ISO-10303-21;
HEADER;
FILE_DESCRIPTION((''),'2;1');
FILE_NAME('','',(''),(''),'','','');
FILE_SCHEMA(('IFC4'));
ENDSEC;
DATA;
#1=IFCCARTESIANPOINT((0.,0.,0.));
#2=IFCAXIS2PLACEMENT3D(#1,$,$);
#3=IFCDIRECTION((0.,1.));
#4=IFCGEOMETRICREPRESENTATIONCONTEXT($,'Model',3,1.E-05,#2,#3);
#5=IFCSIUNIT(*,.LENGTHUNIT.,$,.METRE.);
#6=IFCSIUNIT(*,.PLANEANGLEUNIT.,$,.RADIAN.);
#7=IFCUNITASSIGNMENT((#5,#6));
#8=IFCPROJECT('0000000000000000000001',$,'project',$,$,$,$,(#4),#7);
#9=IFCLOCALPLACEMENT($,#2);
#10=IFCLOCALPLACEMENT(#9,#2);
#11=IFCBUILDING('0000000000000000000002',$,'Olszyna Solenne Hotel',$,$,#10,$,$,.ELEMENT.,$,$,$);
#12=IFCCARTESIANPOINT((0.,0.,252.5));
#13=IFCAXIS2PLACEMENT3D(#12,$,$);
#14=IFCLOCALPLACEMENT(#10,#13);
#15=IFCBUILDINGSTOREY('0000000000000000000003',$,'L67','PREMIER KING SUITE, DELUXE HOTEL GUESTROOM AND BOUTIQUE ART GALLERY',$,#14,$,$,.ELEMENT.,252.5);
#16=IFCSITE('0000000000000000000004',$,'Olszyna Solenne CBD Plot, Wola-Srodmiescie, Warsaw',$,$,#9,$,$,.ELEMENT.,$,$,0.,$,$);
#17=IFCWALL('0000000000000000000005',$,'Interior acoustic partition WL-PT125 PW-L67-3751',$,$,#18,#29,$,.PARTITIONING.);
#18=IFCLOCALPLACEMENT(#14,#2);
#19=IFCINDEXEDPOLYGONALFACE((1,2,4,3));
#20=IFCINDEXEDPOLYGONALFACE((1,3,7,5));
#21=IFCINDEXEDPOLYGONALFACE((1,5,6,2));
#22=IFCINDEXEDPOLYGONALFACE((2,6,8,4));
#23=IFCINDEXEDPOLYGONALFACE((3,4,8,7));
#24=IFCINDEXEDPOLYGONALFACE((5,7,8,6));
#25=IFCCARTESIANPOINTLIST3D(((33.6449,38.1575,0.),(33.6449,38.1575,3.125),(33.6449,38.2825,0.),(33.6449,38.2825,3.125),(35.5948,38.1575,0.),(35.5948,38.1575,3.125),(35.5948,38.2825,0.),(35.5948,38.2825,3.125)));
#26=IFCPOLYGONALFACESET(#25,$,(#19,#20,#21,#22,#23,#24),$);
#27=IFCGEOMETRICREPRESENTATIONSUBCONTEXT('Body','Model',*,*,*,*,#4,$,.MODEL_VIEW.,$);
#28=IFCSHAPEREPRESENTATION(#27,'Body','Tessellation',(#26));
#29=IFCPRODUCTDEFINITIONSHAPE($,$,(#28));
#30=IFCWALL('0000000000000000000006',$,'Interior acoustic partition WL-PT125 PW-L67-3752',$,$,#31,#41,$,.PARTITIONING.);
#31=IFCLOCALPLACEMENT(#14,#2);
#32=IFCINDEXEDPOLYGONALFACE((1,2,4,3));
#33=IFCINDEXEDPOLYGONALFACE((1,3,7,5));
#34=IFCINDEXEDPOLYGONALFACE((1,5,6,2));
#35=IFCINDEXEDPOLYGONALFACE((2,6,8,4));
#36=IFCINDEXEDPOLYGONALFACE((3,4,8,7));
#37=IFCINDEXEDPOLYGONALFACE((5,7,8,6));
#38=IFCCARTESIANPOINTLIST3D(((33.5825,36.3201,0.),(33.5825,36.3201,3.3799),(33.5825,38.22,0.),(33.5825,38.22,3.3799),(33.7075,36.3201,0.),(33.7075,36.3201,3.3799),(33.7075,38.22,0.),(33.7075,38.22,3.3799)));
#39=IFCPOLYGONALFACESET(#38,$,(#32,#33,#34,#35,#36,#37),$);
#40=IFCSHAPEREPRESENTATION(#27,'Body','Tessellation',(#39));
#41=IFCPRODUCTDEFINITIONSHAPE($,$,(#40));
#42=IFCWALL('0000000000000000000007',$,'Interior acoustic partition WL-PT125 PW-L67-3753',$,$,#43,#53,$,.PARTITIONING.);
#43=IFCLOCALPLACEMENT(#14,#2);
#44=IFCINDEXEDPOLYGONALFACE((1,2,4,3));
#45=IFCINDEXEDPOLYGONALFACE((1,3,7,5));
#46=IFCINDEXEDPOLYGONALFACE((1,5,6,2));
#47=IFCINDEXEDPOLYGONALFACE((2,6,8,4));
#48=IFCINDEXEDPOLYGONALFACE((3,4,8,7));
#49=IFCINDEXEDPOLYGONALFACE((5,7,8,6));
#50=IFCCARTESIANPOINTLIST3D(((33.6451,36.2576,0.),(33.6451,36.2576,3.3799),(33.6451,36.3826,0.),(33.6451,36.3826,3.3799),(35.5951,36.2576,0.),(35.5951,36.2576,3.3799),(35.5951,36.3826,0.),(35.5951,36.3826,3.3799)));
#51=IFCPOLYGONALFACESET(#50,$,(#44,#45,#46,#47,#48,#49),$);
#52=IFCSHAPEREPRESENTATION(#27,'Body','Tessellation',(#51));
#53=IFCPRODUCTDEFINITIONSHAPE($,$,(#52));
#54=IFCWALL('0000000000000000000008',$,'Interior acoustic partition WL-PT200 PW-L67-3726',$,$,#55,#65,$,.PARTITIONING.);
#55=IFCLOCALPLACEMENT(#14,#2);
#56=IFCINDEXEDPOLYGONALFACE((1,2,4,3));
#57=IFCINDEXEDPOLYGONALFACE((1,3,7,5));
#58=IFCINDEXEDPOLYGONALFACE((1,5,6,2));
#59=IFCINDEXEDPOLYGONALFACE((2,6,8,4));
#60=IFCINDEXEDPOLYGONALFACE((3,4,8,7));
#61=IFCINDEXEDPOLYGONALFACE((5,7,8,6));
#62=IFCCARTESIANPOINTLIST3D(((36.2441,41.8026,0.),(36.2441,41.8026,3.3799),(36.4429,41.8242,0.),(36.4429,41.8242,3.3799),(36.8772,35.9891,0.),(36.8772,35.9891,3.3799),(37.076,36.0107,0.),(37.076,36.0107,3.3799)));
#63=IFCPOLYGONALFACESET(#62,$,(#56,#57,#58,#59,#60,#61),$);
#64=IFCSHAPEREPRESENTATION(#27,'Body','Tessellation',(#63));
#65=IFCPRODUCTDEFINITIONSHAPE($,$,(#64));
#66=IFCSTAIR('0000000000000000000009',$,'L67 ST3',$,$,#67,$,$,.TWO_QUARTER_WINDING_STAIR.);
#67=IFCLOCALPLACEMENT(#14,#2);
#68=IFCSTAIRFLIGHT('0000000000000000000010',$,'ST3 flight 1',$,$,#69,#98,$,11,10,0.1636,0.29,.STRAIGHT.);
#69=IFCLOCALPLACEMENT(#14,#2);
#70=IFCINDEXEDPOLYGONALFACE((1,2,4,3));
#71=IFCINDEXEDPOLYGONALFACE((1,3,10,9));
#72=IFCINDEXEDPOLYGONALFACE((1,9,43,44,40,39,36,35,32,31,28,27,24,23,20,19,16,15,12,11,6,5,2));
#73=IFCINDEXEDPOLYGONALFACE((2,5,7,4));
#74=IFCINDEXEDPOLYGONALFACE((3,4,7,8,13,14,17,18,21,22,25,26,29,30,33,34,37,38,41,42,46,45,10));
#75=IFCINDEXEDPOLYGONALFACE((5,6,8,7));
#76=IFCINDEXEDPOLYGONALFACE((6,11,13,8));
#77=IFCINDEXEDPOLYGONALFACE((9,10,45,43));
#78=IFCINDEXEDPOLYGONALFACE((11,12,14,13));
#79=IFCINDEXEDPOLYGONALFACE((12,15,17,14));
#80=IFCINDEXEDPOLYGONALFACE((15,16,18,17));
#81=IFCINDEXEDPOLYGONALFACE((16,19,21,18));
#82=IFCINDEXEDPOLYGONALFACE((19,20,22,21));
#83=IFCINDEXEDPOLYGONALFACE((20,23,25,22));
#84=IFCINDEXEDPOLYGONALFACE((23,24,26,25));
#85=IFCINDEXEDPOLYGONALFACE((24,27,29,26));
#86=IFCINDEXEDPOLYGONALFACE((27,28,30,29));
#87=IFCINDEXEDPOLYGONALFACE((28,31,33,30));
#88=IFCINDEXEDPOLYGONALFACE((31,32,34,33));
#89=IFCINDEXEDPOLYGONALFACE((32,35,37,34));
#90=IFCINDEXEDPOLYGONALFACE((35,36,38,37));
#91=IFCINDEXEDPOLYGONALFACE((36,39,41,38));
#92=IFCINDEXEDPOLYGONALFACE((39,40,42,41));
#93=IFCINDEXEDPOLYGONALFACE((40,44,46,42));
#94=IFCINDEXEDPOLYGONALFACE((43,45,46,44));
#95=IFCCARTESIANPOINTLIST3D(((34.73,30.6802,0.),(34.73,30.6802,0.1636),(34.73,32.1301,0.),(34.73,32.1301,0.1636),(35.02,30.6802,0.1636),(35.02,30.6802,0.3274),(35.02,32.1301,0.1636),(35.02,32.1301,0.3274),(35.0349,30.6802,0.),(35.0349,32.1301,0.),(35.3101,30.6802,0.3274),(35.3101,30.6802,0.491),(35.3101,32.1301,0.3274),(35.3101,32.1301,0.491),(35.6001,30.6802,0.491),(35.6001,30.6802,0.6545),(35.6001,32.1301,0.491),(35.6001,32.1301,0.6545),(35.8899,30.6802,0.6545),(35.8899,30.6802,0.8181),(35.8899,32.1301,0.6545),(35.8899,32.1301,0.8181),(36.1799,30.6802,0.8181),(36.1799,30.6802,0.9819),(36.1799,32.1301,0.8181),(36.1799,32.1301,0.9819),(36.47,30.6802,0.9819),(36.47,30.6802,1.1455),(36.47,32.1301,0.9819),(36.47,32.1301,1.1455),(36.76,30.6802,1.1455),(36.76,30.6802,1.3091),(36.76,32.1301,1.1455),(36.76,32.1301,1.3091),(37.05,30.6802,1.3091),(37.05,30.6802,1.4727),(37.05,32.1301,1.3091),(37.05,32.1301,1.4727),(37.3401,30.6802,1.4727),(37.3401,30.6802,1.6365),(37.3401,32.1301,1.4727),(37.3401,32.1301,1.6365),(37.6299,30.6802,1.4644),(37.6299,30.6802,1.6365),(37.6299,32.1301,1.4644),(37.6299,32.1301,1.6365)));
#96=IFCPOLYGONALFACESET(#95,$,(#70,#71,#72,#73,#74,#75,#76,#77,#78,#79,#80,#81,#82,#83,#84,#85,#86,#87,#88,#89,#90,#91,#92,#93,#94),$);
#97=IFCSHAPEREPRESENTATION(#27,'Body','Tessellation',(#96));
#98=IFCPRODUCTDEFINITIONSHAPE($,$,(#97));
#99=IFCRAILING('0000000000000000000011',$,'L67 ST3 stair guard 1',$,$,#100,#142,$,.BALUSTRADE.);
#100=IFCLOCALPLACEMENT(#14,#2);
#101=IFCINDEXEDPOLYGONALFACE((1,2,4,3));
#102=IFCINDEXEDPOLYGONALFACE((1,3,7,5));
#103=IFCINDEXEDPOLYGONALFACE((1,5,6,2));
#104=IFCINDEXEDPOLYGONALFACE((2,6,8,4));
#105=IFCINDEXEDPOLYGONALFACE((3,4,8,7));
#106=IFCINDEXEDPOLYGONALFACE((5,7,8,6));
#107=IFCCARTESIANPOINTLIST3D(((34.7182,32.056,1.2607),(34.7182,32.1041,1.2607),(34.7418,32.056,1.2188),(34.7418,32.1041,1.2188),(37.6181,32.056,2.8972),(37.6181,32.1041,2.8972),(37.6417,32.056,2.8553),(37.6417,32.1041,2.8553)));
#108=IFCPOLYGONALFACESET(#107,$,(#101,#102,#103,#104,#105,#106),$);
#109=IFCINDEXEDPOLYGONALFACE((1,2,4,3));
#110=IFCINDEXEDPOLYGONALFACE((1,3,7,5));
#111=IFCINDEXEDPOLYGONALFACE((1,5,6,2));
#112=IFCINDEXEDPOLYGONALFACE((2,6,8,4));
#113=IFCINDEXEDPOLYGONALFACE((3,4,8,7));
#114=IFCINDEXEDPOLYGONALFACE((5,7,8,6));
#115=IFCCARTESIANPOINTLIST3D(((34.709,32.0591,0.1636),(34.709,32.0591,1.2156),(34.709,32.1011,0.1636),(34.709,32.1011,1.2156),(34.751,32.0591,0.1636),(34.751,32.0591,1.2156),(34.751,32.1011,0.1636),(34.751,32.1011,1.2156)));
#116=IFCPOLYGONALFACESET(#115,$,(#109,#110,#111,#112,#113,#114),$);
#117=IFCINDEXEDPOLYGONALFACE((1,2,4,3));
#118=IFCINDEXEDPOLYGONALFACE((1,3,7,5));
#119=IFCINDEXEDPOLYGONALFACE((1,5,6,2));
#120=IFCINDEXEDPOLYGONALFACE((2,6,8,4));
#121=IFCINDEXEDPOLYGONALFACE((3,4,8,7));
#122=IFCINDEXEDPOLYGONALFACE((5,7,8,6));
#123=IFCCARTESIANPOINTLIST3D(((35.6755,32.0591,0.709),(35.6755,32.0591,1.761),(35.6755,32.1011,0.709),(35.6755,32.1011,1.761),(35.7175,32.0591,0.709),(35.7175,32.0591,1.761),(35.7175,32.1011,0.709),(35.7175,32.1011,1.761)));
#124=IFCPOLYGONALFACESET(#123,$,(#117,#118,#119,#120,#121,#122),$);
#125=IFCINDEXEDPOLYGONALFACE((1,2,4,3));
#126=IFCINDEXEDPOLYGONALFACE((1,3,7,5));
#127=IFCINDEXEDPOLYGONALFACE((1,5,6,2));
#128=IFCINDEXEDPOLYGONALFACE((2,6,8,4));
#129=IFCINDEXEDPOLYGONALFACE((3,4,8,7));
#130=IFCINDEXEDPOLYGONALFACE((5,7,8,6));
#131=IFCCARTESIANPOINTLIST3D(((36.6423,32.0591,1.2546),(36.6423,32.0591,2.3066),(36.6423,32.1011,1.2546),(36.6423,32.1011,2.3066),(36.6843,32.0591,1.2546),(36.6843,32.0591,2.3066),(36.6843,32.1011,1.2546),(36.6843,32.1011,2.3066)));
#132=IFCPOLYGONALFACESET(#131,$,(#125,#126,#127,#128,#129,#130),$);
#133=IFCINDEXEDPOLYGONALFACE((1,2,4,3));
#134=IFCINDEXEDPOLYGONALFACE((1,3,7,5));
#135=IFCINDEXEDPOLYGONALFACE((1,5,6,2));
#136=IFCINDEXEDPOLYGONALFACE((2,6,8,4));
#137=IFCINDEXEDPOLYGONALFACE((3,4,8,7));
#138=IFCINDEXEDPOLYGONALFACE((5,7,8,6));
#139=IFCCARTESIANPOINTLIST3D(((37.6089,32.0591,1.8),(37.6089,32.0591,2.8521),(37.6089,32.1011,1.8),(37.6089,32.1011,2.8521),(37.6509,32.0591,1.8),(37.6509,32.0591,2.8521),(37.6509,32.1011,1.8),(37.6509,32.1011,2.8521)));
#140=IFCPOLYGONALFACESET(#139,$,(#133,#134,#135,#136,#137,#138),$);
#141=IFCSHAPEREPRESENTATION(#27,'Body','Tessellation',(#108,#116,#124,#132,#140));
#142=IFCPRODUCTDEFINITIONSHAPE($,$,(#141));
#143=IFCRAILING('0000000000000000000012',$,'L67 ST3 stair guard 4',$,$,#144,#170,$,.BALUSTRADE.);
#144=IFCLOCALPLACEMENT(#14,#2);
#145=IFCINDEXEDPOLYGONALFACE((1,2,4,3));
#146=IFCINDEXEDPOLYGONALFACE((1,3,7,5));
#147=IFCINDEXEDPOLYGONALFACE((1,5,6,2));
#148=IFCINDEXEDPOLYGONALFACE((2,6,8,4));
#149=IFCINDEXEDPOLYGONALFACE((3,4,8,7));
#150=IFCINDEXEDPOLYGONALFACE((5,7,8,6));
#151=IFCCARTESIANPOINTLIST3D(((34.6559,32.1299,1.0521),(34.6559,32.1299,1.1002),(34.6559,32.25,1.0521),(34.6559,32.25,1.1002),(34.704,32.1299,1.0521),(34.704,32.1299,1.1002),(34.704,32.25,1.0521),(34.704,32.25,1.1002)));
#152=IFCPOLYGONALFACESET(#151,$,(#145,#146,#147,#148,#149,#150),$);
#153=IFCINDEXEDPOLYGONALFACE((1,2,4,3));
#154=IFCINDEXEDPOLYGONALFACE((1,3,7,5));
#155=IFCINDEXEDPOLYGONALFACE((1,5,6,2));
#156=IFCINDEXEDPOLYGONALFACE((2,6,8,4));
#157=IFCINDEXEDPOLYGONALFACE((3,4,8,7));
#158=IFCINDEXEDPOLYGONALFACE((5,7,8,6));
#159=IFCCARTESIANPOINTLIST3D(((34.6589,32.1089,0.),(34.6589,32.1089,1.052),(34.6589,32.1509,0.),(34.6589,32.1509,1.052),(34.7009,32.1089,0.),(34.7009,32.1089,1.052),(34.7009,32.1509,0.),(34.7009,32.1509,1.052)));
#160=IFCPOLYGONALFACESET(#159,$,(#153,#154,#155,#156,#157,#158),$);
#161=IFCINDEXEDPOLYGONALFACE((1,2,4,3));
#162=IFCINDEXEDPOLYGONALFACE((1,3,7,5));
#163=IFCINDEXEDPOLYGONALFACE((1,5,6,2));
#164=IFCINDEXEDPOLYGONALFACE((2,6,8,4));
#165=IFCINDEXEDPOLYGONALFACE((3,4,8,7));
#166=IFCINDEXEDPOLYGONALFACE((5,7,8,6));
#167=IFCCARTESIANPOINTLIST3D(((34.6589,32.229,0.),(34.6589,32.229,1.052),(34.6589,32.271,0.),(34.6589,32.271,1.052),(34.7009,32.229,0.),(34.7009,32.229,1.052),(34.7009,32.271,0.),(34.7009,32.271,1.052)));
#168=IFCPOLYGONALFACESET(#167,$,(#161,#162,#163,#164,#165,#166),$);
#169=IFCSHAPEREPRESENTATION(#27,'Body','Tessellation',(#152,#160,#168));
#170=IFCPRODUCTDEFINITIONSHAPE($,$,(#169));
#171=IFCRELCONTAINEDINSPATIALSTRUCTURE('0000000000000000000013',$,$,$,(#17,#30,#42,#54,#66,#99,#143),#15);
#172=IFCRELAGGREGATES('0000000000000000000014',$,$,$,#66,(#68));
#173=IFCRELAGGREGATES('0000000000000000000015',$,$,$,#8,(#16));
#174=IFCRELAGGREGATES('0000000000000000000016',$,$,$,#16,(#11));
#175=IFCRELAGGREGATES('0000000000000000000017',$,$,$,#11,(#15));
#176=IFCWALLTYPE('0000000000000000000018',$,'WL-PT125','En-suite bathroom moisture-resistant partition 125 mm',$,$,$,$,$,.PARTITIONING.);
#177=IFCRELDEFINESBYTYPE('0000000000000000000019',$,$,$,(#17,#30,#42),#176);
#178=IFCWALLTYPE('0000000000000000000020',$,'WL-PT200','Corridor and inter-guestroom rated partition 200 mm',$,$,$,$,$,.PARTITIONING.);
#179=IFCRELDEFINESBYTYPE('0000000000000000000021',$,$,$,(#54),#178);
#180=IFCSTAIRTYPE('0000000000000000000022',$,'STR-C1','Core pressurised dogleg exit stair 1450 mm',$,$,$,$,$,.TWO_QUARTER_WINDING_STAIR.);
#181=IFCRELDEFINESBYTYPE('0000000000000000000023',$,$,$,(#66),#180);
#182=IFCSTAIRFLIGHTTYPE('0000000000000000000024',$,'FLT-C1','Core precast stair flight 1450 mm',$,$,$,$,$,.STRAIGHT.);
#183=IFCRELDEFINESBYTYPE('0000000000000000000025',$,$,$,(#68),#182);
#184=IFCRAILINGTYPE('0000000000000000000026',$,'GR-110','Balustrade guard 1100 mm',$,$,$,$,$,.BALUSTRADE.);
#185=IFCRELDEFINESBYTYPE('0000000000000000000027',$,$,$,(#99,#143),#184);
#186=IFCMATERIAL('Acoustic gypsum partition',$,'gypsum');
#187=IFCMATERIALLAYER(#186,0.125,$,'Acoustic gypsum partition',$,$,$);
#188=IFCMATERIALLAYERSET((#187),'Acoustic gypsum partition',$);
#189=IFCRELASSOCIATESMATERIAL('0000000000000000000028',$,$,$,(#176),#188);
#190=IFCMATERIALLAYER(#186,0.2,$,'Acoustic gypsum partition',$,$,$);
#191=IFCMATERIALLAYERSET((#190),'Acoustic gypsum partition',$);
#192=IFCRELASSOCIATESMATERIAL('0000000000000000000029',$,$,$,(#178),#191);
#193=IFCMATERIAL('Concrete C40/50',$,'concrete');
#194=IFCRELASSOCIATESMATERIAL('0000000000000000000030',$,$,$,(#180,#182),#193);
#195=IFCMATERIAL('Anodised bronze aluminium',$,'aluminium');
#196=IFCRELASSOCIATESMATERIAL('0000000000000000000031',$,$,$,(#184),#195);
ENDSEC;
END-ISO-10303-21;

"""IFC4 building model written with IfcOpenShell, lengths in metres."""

from ifc_helpers import new_model, si_unit, direction, frame, frame_2d, origin, origin_2d, place, context, subcontext, project, spatial, polyline, rectangle, outline, extrude, material, layer, layer_set, type_object, element, aggregate, save


model = new_model("IFC4")

# Units and contexts
model_context = context("Model", 3, precision=1e-05, world=origin(), true_north=direction((0.0, 1.0)))
body_context = subcontext(model_context, "Body", "Model", "MODEL_VIEW")
ifc_project = project(units=[si_unit("LENGTHUNIT", "METRE"), si_unit("PLANEANGLEUNIT", "RADIAN")], contexts=[model_context])

# Site, building, storey
site_placement = place(None, origin())
site = spatial("IfcSite", under=ifc_project, at=site_placement, Name="Olszyna Solenne CBD Plot, Wola-Srodmiescie, Warsaw", CompositionType="ELEMENT", RefElevation=0.0)
building_placement = place(site_placement, origin())
building = spatial("IfcBuilding", under=site, at=building_placement, Name="Olszyna Solenne Hotel", CompositionType="ELEMENT")
storey_placement = place(building_placement, frame((0.0, 0.0, 252.5)))
storey = spatial("IfcBuildingStorey", under=building, at=storey_placement, Name="L67", Description="PREMIER KING SUITE, DELUXE HOTEL GUESTROOM AND BOUTIQUE ART GALLERY", CompositionType="ELEMENT", Elevation=252.5)

# Shared definitions
ifc_material_1 = material(Name="Anodised bronze aluminium", Category="aluminium")

# Shared definitions
ifc_material_2 = material(Name="Acoustic gypsum partition", Category="gypsum")
ifc_layer_1 = layer(ifc_material_2, 0.125, Name="Acoustic gypsum partition")
ifc_layer_set_1 = layer_set([ifc_layer_1], Name="Acoustic gypsum partition")
wall_type_1 = type_object("IfcWallType", Name="WL-PT125", Description="En-suite bathroom moisture-resistant partition 125 mm", PredefinedType="PARTITIONING", material=ifc_layer_set_1)

# Walls
wall_1_placement = place(storey_placement, frame((35.595, 38.22, 0.0), z_axis=(0.0, 0.0, 1.0), x_axis=(-1.0, 0.0, 0.0)))
element("IfcWall", 1, at=wall_1_placement, inside=storey, type_object=wall_type_1, Name="Interior acoustic partition WL-PT125 PW-L67-3751", PredefinedType="PARTITIONING", context=body_context, shape_type="SweptSolid", body=[
    extrude(rectangle(XDim=1.95, YDim=0.125, at=frame_2d((0.9751, 0.0))), origin(), (0.0, 0.0, 1.0), 3.125),
])
wall_2_placement = place(storey_placement, frame((33.645, 38.22, 0.0), z_axis=(0.0, 0.0, 1.0), x_axis=(0.0, -1.0, 0.0)))
element("IfcWall", 2, at=wall_2_placement, inside=storey, type_object=wall_type_1, Name="Interior acoustic partition WL-PT125 PW-L67-3752", PredefinedType="PARTITIONING", context=body_context, shape_type="SweptSolid", body=[
    extrude(rectangle(XDim=1.8999, YDim=0.125, at=frame_2d((0.95, 0.0))), origin(), (0.0, 0.0, 1.0), 3.3799),
])
wall_3_placement = place(storey_placement, frame((33.645, 36.3201, 0.0), z_axis=(0.0, 0.0, 1.0), x_axis=(1.0, 0.0, 0.0)))
element("IfcWall", 3, at=wall_3_placement, inside=storey, type_object=wall_type_1, Name="Interior acoustic partition WL-PT125 PW-L67-3753", PredefinedType="PARTITIONING", context=body_context, shape_type="SweptSolid", body=[
    extrude(rectangle(XDim=1.95, YDim=0.125, at=frame_2d((0.9751, 0.0))), origin(), (0.0, 0.0, 1.0), 3.3799),
])
ifc_layer_2 = layer(ifc_material_2, 0.2, Name="Acoustic gypsum partition")
ifc_layer_set_2 = layer_set([ifc_layer_2], Name="Acoustic gypsum partition")
wall_type_2 = type_object("IfcWallType", Name="WL-PT200", Description="Corridor and inter-guestroom rated partition 200 mm", PredefinedType="PARTITIONING", material=ifc_layer_set_2)
wall_4_placement = place(storey_placement, frame((36.9766, 36.0, 0.0), z_axis=(0.0, 0.0, 1.0), x_axis=(-0.108255, 0.994123, 0.0)))
element("IfcWall", 4, at=wall_4_placement, inside=storey, type_object=wall_type_2, Name="Interior acoustic partition WL-PT200 PW-L67-3726", PredefinedType="PARTITIONING", context=body_context, shape_type="SweptSolid", body=[
    extrude(rectangle(XDim=5.8479, YDim=0.2, at=frame_2d((2.9238, 0.0))), origin(), (0.0, 0.0, 1.0), 3.3799),
])

# Stair, stair flight
ifc_material_3 = material(Name="Concrete C40/50", Category="concrete")
stair_type = type_object("IfcStairType", Name="STR-C1", Description="Core pressurised dogleg exit stair 1450 mm", PredefinedType="TWO_QUARTER_WINDING_STAIR", material=ifc_material_3)
stair_placement = place(storey_placement, origin())
stair = element("IfcStair", 5, at=stair_placement, inside=storey, type_object=stair_type, Name="L67 ST3", PredefinedType="TWO_QUARTER_WINDING_STAIR")
stair_flight_type = type_object("IfcStairFlightType", Name="FLT-C1", Description="Core precast stair flight 1450 mm", PredefinedType="STRAIGHT", material=ifc_material_3)
stair_flight_placement = place(storey_placement, frame((34.73, 31.405, 0.0), z_axis=(0.0, 0.0, 1.0), x_axis=(1.0, 0.0, 0.0)))
stair_flight = element("IfcStairFlight", 6, at=stair_flight_placement, type_object=stair_flight_type, Name="ST3 flight 1", NumberOfRisers=11, NumberOfTreads=10, PredefinedType="STRAIGHT", RiserHeight=0.1636, TreadLength=0.29, context=body_context, shape_type="SweptSolid", body=[
    extrude(outline(polyline([(0.0, 0.0), (0.0, 0.1636), (0.29, 0.1636), (0.29, 0.3274), (0.5801, 0.3274), (0.5801, 0.491), (0.8701, 0.491), (0.8701, 0.6545), (1.1599, 0.6545), (1.1599, 0.8181), (1.45, 0.8181), (1.45, 0.9819), (1.74, 0.9819), (1.74, 1.1455), (2.03, 1.1455), (2.03, 1.3091), (2.3201, 1.3091), (2.3201, 1.4727), (2.6101, 1.4727), (2.6101, 1.6365), (2.8999, 1.6365), (2.8999, 1.8), (2.8999, 1.4644), (0.3049, 0.0), (0.0, 0.0)])), frame((0.0, 0.7251, 0.0), z_axis=(0.0, -1.0, 0.0), x_axis=(1.0, 0.0, 0.0)), (0.0, 0.0, 1.0), 1.45),
])
aggregate(stair, [stair_flight])

# Railings
railing_type_1 = type_object("IfcRailingType", Name="GR-110", Description="Balustrade guard 1100 mm", PredefinedType="BALUSTRADE", material=ifc_material_1)
railing_1_placement = place(storey_placement, frame((34.73, 32.0801, 0.1636)))
element("IfcRailing", 7, at=railing_1_placement, inside=storey, type_object=railing_type_1, Name="L67 ST3 stair guard 1", PredefinedType="BALUSTRADE", context=body_context, shape_type="SweptSolid", body=[
    extrude(rectangle(XDim=0.0481, YDim=0.0481, at=origin_2d()), frame((0.0, 0.0, 1.0762), z_axis=(0.870897, 0.0, 0.491465), x_axis=(0.0, 1.0, 0.0)), (0.0, 0.0, 1.0), 3.3298),
    extrude(rectangle(XDim=0.042, YDim=0.042, at=origin_2d()), origin(), (0.0, 0.0, 1.0), 1.052),
    extrude(rectangle(XDim=0.042, YDim=0.042, at=origin_2d()), frame((0.9666, 0.0, 0.5454)), (0.0, 0.0, 1.0), 1.052),
    extrude(rectangle(XDim=0.042, YDim=0.042, at=origin_2d()), frame((1.9333, 0.0, 1.0911)), (0.0, 0.0, 1.0), 1.052),
    extrude(rectangle(XDim=0.042, YDim=0.042, at=origin_2d()), frame((2.8999, 0.0, 1.6365)), (0.0, 0.0, 1.0), 1.052),
])
railing_2_placement = place(storey_placement, frame((34.6799, 32.1299, 0.0)))
element("IfcRailing", 8, at=railing_2_placement, inside=storey, type_object=railing_type_1, Name="L67 ST3 stair guard 4", PredefinedType="BALUSTRADE", context=body_context, shape_type="SweptSolid", body=[
    extrude(rectangle(XDim=0.0481, YDim=0.0481, at=origin_2d()), frame((0.0, 0.0, 1.0762), z_axis=(0.0, 1.0, 0.0), x_axis=(-1.0, 0.0, 0.0)), (0.0, 0.0, 1.0), 0.1201),
    extrude(rectangle(XDim=0.042, YDim=0.042, at=origin_2d()), origin(), (0.0, 0.0, 1.0), 1.052),
    extrude(rectangle(XDim=0.042, YDim=0.042, at=origin_2d()), frame((0.0, 0.1201, 0.0)), (0.0, 0.0, 1.0), 1.052),
])

save(model, "model.ifc")
